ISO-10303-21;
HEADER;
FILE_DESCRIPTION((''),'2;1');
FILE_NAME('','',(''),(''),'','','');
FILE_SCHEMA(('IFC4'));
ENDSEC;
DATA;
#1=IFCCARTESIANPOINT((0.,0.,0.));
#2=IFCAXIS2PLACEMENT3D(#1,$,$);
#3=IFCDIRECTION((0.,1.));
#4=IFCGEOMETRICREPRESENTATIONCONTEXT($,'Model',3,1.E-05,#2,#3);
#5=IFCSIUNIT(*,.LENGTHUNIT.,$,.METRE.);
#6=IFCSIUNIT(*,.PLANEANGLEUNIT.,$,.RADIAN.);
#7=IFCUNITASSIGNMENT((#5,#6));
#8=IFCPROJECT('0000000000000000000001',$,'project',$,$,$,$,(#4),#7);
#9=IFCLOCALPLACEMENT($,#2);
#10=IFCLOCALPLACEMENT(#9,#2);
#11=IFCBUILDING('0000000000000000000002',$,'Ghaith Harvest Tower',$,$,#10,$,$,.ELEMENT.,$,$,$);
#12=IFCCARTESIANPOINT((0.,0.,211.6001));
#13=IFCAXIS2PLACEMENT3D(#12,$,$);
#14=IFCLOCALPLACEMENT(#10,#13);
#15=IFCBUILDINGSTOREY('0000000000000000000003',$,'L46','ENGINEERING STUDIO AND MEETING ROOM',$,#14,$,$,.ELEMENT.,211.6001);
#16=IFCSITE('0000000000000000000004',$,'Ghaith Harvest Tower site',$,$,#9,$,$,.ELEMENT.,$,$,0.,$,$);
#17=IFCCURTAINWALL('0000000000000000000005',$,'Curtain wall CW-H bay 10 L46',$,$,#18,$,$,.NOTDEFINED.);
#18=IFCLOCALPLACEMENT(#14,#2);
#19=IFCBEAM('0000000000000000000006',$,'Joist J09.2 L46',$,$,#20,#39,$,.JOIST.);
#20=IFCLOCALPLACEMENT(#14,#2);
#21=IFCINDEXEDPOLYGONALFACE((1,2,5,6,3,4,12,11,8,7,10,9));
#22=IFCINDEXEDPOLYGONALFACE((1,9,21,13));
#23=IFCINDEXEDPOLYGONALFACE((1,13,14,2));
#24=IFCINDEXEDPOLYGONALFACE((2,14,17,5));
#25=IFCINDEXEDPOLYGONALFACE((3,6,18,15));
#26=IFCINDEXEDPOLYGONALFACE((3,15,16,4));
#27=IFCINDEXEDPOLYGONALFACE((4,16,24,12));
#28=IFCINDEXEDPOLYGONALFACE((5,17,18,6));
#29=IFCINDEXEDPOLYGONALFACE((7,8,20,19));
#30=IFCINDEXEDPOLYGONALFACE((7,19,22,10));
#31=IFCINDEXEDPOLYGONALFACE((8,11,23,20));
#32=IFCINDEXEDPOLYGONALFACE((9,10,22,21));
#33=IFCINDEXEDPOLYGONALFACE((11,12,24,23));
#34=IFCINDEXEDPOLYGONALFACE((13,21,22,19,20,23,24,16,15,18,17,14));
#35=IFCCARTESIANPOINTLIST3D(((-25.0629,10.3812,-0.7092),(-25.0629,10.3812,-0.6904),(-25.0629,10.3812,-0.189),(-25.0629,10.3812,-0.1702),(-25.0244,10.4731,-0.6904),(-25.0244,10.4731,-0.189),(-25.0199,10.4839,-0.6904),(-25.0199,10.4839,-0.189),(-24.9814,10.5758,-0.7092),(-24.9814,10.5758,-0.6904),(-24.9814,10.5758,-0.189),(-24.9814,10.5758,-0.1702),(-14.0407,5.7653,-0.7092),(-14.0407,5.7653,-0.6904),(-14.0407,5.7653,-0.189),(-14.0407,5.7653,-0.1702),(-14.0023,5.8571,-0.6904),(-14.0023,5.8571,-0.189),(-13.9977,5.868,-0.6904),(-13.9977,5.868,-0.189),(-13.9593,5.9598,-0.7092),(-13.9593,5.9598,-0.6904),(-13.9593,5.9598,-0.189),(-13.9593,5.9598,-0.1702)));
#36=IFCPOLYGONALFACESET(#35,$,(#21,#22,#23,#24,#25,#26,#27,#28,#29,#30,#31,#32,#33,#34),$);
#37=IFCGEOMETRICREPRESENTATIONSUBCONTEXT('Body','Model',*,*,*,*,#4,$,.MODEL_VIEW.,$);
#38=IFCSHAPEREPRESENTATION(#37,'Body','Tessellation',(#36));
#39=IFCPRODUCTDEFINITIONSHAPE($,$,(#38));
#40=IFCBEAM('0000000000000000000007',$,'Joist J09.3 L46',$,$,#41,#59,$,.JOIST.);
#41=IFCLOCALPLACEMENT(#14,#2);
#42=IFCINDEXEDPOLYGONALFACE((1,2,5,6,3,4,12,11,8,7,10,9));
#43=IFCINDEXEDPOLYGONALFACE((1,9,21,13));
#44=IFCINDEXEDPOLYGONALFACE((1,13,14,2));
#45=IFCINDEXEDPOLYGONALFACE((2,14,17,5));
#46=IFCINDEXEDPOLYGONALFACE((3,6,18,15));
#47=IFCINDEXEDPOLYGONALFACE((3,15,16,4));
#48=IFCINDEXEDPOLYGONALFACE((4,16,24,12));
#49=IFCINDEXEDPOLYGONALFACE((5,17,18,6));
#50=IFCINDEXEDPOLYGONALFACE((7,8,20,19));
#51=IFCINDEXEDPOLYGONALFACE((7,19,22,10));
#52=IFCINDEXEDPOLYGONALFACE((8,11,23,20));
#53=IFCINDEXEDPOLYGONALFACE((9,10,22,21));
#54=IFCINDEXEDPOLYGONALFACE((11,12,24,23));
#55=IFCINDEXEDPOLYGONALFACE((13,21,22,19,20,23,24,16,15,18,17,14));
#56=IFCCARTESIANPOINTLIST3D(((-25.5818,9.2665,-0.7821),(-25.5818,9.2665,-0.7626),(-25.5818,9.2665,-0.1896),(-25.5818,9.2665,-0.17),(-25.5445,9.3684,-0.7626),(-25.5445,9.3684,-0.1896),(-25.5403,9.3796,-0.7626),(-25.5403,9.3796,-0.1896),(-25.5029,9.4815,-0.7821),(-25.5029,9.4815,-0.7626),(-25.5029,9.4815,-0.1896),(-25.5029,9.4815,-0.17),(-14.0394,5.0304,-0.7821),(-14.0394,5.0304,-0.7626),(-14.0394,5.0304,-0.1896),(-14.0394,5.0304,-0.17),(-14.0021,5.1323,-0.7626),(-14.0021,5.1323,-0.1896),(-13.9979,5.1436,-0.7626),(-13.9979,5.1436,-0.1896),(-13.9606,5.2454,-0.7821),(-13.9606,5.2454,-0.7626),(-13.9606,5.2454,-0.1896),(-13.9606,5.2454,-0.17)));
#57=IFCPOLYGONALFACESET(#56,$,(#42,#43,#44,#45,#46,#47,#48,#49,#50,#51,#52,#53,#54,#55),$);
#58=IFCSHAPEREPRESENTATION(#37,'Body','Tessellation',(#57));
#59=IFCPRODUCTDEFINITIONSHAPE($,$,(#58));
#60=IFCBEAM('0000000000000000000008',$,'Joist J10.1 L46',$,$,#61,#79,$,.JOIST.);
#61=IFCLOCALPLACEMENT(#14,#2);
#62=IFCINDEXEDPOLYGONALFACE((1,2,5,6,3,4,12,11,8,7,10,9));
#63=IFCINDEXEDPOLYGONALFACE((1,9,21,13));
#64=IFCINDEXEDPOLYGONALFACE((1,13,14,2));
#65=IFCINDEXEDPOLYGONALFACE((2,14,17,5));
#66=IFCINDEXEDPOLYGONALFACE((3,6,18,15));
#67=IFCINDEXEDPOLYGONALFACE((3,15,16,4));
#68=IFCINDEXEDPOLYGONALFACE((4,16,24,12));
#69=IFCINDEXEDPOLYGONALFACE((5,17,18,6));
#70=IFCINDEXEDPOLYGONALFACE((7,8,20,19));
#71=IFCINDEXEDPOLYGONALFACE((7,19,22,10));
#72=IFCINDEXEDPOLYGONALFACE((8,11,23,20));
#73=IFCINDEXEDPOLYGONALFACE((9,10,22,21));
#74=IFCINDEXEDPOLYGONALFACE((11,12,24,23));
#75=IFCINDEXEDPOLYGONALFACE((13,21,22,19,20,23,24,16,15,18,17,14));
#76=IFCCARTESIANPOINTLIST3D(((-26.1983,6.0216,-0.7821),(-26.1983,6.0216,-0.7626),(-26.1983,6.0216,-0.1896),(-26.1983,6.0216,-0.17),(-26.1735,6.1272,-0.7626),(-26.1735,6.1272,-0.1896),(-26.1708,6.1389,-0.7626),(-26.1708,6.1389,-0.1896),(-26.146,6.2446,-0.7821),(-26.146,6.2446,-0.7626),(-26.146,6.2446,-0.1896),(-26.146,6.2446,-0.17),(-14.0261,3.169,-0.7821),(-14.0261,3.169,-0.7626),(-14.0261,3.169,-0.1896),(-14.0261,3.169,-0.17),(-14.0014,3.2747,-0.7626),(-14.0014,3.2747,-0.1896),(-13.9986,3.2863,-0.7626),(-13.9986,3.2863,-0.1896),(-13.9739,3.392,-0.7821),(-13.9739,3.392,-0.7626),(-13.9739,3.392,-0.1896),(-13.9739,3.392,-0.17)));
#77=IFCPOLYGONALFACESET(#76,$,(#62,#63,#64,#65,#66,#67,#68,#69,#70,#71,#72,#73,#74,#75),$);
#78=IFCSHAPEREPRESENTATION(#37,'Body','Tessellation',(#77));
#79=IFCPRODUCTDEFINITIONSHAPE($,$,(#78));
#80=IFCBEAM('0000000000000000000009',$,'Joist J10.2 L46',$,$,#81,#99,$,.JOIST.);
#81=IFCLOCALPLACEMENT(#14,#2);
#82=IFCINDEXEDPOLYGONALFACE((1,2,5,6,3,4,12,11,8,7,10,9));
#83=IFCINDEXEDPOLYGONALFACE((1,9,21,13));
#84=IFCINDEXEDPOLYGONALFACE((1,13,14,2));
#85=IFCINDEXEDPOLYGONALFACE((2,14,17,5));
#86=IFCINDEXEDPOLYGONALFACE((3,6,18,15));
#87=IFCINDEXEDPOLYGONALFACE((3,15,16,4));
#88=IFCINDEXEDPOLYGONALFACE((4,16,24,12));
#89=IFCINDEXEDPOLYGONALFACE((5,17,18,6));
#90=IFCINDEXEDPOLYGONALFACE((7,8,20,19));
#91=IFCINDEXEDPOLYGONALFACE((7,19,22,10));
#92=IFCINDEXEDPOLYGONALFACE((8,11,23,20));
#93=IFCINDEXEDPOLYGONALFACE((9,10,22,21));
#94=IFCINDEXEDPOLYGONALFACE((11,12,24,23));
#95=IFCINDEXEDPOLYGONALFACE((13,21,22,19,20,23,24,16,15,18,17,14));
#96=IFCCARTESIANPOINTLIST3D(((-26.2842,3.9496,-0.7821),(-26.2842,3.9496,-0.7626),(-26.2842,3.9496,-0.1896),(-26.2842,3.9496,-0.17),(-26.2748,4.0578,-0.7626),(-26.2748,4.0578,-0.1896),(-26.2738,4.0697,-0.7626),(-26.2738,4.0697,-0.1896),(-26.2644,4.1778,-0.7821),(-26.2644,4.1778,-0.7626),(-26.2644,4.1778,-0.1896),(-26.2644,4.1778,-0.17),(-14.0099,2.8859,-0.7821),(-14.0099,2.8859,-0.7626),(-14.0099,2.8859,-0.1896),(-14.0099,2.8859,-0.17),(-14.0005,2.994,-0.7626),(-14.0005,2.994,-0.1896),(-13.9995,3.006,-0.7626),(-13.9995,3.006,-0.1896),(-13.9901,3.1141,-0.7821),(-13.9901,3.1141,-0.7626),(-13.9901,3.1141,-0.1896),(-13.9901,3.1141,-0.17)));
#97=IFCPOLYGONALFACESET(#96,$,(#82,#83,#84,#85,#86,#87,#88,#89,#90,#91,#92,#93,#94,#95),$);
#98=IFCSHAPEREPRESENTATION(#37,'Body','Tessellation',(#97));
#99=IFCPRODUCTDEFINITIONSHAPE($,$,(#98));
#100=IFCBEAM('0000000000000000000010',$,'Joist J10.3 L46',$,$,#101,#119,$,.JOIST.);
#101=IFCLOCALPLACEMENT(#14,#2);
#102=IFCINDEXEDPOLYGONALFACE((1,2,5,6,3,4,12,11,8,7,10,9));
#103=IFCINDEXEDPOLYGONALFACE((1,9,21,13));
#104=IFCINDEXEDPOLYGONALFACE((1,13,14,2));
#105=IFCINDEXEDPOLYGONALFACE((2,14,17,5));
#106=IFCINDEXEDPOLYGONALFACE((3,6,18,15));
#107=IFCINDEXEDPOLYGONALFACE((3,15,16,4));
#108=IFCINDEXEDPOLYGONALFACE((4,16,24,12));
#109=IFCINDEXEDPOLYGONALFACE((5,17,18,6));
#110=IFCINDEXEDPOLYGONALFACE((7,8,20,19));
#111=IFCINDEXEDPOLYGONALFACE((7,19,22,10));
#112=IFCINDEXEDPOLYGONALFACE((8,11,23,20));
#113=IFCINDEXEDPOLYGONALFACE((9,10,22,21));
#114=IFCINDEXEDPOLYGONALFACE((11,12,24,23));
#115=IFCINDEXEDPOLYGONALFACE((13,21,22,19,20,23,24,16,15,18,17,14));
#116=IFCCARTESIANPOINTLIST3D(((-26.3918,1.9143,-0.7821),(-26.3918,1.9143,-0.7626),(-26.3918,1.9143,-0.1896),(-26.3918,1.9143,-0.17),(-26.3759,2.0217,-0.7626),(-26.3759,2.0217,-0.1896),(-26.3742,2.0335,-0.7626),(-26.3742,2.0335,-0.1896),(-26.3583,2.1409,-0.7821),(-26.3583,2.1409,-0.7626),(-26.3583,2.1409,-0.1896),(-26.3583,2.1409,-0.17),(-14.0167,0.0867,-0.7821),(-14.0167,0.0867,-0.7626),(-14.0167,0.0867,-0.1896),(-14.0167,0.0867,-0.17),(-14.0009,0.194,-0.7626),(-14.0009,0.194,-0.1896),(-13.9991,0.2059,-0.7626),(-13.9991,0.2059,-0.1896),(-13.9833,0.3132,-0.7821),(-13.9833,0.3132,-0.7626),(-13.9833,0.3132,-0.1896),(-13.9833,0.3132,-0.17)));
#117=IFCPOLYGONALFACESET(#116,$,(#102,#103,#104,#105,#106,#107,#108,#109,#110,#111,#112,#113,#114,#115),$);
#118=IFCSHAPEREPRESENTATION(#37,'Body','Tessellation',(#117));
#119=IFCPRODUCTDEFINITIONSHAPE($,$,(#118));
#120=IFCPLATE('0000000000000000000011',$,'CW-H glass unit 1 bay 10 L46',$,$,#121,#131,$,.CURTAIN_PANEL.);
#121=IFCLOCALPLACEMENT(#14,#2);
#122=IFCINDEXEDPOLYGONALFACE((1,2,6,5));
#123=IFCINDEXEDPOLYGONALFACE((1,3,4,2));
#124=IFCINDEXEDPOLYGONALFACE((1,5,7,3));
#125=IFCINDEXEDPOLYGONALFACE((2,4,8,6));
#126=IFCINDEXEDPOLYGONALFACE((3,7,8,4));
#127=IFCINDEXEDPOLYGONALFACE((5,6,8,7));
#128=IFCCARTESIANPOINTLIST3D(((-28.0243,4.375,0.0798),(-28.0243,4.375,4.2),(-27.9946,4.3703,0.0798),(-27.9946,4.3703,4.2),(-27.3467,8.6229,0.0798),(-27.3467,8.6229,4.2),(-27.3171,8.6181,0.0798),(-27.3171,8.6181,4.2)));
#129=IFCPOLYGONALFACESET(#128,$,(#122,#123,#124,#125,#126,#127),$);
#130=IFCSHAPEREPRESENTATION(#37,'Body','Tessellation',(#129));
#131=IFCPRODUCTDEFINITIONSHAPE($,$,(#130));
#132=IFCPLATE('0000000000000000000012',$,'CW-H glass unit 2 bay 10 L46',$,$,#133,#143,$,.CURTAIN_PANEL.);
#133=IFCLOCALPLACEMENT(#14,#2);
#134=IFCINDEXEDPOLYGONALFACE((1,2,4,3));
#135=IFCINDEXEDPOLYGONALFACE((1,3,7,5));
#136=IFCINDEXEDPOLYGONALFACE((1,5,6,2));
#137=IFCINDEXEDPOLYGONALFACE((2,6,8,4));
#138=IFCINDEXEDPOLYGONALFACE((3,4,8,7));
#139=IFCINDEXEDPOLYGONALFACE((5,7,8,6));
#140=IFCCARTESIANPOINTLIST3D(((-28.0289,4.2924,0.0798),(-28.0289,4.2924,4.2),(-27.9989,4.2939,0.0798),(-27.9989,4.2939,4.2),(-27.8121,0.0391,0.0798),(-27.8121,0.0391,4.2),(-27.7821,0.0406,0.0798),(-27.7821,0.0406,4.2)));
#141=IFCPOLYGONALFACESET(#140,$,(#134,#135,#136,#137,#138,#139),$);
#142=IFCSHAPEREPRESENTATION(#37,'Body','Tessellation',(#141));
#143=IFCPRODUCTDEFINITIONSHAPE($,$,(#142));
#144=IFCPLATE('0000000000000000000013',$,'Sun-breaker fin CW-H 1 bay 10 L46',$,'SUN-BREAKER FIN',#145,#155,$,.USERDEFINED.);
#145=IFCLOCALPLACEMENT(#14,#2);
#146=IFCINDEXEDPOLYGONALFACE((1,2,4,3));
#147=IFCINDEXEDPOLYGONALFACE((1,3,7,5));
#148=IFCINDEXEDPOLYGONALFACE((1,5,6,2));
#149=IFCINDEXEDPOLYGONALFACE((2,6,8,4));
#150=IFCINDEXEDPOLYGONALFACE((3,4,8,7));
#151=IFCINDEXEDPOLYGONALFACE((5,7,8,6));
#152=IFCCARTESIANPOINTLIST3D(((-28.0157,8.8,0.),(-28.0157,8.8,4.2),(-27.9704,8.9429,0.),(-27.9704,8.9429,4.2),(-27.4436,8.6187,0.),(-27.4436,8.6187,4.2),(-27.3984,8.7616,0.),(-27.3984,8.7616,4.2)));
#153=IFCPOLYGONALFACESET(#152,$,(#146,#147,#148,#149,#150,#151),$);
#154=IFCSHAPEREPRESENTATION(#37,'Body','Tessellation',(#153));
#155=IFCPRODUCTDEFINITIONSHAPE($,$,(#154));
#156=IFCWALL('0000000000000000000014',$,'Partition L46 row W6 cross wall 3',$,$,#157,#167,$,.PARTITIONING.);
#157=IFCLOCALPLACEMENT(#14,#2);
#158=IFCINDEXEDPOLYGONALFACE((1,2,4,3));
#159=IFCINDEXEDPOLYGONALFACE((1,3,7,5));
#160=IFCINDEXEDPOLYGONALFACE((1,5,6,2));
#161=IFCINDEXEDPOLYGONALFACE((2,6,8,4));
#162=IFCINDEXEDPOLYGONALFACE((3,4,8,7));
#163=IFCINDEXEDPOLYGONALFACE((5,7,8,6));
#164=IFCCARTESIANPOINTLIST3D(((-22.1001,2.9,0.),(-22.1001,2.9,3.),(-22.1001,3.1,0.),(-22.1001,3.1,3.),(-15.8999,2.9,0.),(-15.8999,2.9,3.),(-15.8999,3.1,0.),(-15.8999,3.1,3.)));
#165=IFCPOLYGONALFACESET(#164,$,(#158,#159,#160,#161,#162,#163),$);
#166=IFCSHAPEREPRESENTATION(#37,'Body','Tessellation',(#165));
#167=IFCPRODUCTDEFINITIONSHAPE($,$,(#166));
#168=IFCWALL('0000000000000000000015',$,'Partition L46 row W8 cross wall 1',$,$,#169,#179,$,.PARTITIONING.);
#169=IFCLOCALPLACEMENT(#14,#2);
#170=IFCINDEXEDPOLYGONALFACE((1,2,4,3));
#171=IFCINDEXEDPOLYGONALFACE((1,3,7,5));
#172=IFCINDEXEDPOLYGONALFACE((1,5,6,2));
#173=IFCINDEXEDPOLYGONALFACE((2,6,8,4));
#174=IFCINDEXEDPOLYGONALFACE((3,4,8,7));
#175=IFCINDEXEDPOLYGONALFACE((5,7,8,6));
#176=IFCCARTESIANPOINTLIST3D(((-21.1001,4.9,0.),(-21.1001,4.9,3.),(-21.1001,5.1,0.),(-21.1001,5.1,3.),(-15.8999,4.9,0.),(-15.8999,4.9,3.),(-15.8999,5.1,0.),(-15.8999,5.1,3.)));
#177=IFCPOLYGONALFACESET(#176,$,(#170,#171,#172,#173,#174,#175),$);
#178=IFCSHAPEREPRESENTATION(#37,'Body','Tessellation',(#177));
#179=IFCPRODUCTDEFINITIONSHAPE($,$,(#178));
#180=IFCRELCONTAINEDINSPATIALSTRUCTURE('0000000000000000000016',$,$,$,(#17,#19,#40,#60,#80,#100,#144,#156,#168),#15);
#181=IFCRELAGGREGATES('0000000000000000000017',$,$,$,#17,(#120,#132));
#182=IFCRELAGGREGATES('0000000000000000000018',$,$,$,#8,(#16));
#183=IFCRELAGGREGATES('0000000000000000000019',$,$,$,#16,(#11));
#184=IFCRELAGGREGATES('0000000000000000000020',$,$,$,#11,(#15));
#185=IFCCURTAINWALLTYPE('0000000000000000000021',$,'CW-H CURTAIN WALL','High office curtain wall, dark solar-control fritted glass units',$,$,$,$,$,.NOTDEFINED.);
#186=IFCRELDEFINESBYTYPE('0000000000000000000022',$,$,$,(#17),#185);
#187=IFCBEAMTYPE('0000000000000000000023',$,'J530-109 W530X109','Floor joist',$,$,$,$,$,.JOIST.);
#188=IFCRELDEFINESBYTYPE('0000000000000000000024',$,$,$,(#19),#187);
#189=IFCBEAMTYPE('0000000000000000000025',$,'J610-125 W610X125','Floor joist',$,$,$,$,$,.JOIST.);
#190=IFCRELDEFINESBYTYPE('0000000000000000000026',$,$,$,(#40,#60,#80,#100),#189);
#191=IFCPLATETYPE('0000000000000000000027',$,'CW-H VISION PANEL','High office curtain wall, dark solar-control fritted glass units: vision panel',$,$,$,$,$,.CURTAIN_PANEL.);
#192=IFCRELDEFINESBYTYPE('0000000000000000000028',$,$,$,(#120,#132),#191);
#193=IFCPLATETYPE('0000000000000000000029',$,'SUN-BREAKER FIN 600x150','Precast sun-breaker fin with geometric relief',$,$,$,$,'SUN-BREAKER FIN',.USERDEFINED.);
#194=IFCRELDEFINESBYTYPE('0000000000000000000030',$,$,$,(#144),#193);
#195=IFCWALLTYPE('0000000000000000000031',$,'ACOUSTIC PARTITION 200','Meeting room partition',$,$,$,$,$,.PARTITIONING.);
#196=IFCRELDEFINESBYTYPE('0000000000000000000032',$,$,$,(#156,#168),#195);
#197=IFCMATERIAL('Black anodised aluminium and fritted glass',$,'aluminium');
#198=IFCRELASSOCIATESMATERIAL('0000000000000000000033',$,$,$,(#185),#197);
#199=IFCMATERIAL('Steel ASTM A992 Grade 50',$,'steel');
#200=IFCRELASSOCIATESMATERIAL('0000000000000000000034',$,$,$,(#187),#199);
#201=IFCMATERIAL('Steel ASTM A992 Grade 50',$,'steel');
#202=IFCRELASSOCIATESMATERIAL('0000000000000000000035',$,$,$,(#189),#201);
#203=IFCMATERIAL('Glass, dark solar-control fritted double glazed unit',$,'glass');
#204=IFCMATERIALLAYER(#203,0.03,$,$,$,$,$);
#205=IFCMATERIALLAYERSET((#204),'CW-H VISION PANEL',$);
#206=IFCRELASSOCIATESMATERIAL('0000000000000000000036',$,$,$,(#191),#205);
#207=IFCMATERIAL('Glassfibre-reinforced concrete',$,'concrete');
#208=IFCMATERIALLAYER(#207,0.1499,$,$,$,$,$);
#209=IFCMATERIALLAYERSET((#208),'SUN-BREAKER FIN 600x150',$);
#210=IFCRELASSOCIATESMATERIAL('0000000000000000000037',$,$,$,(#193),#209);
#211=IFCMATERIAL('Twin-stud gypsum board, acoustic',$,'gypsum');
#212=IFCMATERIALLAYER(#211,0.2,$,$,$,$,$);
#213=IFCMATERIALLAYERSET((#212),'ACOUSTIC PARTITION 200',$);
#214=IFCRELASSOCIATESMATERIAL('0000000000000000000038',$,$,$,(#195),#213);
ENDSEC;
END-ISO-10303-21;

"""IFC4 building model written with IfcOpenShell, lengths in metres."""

from ifc_helpers import new_model, si_unit, direction, frame, frame_2d, origin, origin_2d, place, context, subcontext, project, spatial, rectangle, i_section, extrude, material, layer, layer_set, material_profile, profile_set, type_object, element, aggregate, save


model = new_model("IFC4")

# Units and contexts
model_context = context("Model", 3, precision=1e-05, world=origin(), true_north=direction((0.0, 1.0)))
body_context = subcontext(model_context, "Body", "Model", "MODEL_VIEW")
ifc_project = project(units=[si_unit("LENGTHUNIT", "METRE"), si_unit("PLANEANGLEUNIT", "RADIAN")], contexts=[model_context])

# Site, building, storey
site_placement = place(None, origin())
site = spatial("IfcSite", under=ifc_project, at=site_placement, Name="Ghaith Harvest Tower site", CompositionType="ELEMENT", RefElevation=0.0)
building_placement = place(site_placement, origin())
building = spatial("IfcBuilding", under=site, at=building_placement, Name="Ghaith Harvest Tower", CompositionType="ELEMENT")
storey_placement = place(building_placement, frame((0.0, 0.0, 211.6001)))
storey = spatial("IfcBuildingStorey", under=building, at=storey_placement, Name="L46", Description="ENGINEERING STUDIO AND MEETING ROOM", CompositionType="ELEMENT", Elevation=211.6001)

# Curtain wall
ifc_material_1 = material(Name="Black anodised aluminium and fritted glass", Category="aluminium")
curtain_wall_type = type_object("IfcCurtainWallType", Name="CW-H CURTAIN WALL", Description="High office curtain wall, dark solar-control fritted glass units", PredefinedType="NOTDEFINED", material=ifc_material_1)
curtain_wall_placement = place(storey_placement, origin())
curtain_wall = element("IfcCurtainWall", 1, at=curtain_wall_placement, inside=storey, type_object=curtain_wall_type, Name="Curtain wall CW-H bay 10 L46", PredefinedType="NOTDEFINED")

# Beams
ifc_material_2 = material(Name="Steel ASTM A992 Grade 50", Category="steel")
ifc_material_profile_1 = material_profile(ifc_material_2, i_section(OverallWidth=0.2109, OverallDepth=0.5391, WebThickness=0.0117, FlangeThickness=0.0188, at=origin_2d()), Name="W530X109")
ifc_profile_set_1 = profile_set([ifc_material_profile_1], Name="Steel ASTM A992 Grade 50")
beam_type_1 = type_object("IfcBeamType", Name="J530-109 W530X109", Description="Floor joist", PredefinedType="JOIST", material=ifc_profile_set_1)
beam_1_placement = place(storey_placement, frame((-14.0, 5.8625, -0.4397), z_axis=(-0.922381, 0.386282, 0.0), x_axis=(-0.386282, -0.922381, 0.0)))
element("IfcBeam", 2, at=beam_1_placement, inside=storey, type_object=beam_type_1, Name="Joist J09.2 L46", PredefinedType="JOIST", context=body_context, shape_type="SweptSolid", body=[
    extrude(i_section(OverallWidth=0.2109, OverallDepth=0.5391, WebThickness=0.0117, FlangeThickness=0.0188, at=origin_2d()), origin(), (0.0, 0.0, 1.0), 11.9497),
])
ifc_material_3 = material(Name="Steel ASTM A992 Grade 50", Category="steel")
ifc_material_profile_2 = material_profile(ifc_material_3, i_section(OverallWidth=0.229, OverallDepth=0.6121, WebThickness=0.012, FlangeThickness=0.0195, at=origin_2d()), Name="W610X125")
ifc_profile_set_2 = profile_set([ifc_material_profile_2], Name="Steel ASTM A992 Grade 50")
beam_type_2 = type_object("IfcBeamType", Name="J610-125 W610X125", Description="Floor joist", PredefinedType="JOIST", material=ifc_profile_set_2)
beam_2_placement = place(storey_placement, frame((-14.0, 5.1379, -0.4761), z_axis=(-0.938775, 0.34453, 0.0), x_axis=(-0.34453, -0.938775, 0.0)))
element("IfcBeam", 3, at=beam_2_placement, inside=storey, type_object=beam_type_2, Name="Joist J09.3 L46", PredefinedType="JOIST", context=body_context, shape_type="SweptSolid", body=[
    extrude(i_section(OverallWidth=0.229, OverallDepth=0.6121, WebThickness=0.012, FlangeThickness=0.0195, at=origin_2d()), origin(), (0.0, 0.0, 1.0), 12.2952),
])
beam_3_placement = place(storey_placement, frame((-14.0, 3.2805, -0.4761), z_axis=(-0.973622, 0.228168, 0.0), x_axis=(-0.228168, -0.973622, 0.0)))
element("IfcBeam", 4, at=beam_3_placement, inside=storey, type_object=beam_type_2, Name="Joist J10.1 L46", PredefinedType="JOIST", context=body_context, shape_type="SweptSolid", body=[
    extrude(i_section(OverallWidth=0.229, OverallDepth=0.6121, WebThickness=0.012, FlangeThickness=0.0195, at=origin_2d()), origin(), (0.0, 0.0, 1.0), 12.502),
])
beam_4_placement = place(storey_placement, frame((-14.0, 3.0, -0.4761), z_axis=(-0.996266, 0.086338, 0.0), x_axis=(-0.086338, -0.996266, 0.0)))
element("IfcBeam", 5, at=beam_4_placement, inside=storey, type_object=beam_type_2, Name="Joist J10.2 L46", PredefinedType="JOIST", context=body_context, shape_type="SweptSolid", body=[
    extrude(i_section(OverallWidth=0.229, OverallDepth=0.6121, WebThickness=0.012, FlangeThickness=0.0195, at=origin_2d()), origin(), (0.0, 0.0, 1.0), 12.3203),
])
beam_5_placement = place(storey_placement, frame((-14.0, 0.2, -0.4761), z_axis=(-0.989269, 0.146103, 0.0), x_axis=(-0.146103, -0.989269, 0.0)))
element("IfcBeam", 6, at=beam_5_placement, inside=storey, type_object=beam_type_2, Name="Joist J10.3 L46", PredefinedType="JOIST", context=body_context, shape_type="SweptSolid", body=[
    extrude(i_section(OverallWidth=0.229, OverallDepth=0.6121, WebThickness=0.012, FlangeThickness=0.0195, at=origin_2d()), origin(), (0.0, 0.0, 1.0), 12.5093),
])

# Plates
ifc_material_4 = material(Name="Glass, dark solar-control fritted double glazed unit", Category="glass")
ifc_layer_1 = layer(ifc_material_4, 0.03)
ifc_layer_set_1 = layer_set([ifc_layer_1], Name="CW-H VISION PANEL")
plate_type_1 = type_object("IfcPlateType", Name="CW-H VISION PANEL", Description="High office curtain wall, dark solar-control fritted glass units: vision panel", PredefinedType="CURTAIN_PANEL", material=ifc_layer_set_1)
plate_1_placement = place(storey_placement, frame((-27.6707, 6.4966, 0.0798), z_axis=(0.0, 0.0, 1.0), x_axis=(-0.157514, -0.987517, 0.0)))
plate_1 = element("IfcPlate", 7, at=plate_1_placement, type_object=plate_type_1, Name="CW-H glass unit 1 bay 10 L46", PredefinedType="CURTAIN_PANEL", context=body_context, shape_type="SweptSolid", body=[
    extrude(rectangle(XDim=4.3015, YDim=0.03, at=origin_2d()), origin(), (0.0, 0.0, 1.0), 4.1201),
])
plate_2_placement = place(storey_placement, frame((-27.9055, 2.1665, 0.0798), z_axis=(0.0, 0.0, 1.0), x_axis=(0.050895, -0.998704, 0.0)))
plate_2 = element("IfcPlate", 8, at=plate_2_placement, type_object=plate_type_1, Name="CW-H glass unit 2 bay 10 L46", PredefinedType="CURTAIN_PANEL", context=body_context, shape_type="SweptSolid", body=[
    extrude(rectangle(XDim=4.2588, YDim=0.03, at=origin_2d()), origin(), (0.0, 0.0, 1.0), 4.1201),
])
aggregate(curtain_wall, [plate_1, plate_2])
ifc_material_5 = material(Name="Glassfibre-reinforced concrete", Category="concrete")
ifc_layer_2 = layer(ifc_material_5, 0.1499)
ifc_layer_set_2 = layer_set([ifc_layer_2], Name="SUN-BREAKER FIN 600x150")
plate_type_2 = type_object("IfcPlateType", Name="SUN-BREAKER FIN 600x150", Description="Precast sun-breaker fin with geometric relief", ElementType="SUN-BREAKER FIN", PredefinedType="USERDEFINED", material=ifc_layer_set_2)
plate_3_placement = place(storey_placement, frame((-27.707, 8.7808, 0.0), z_axis=(0.0, 0.0, 1.0), x_axis=(-0.953273, 0.30211, 0.0)))
element("IfcPlate", 9, at=plate_3_placement, inside=storey, type_object=plate_type_2, Name="Sun-breaker fin CW-H 1 bay 10 L46", ObjectType="SUN-BREAKER FIN", PredefinedType="USERDEFINED", context=body_context, shape_type="SweptSolid", body=[
    extrude(rectangle(XDim=0.6001, YDim=0.1499, at=origin_2d()), origin(), (0.0, 0.0, 1.0), 4.2),
])

# Walls
ifc_material_6 = material(Name="Twin-stud gypsum board, acoustic", Category="gypsum")
ifc_layer_3 = layer(ifc_material_6, 0.2)
ifc_layer_set_3 = layer_set([ifc_layer_3], Name="ACOUSTIC PARTITION 200")
wall_type_1 = type_object("IfcWallType", Name="ACOUSTIC PARTITION 200", Description="Meeting room partition", PredefinedType="PARTITIONING", material=ifc_layer_set_3)
wall_1_placement = place(storey_placement, frame((-15.8999, 3.0, 0.0), z_axis=(0.0, 0.0, 1.0), x_axis=(-1.0, 0.0, 0.0)))
element("IfcWall", 10, at=wall_1_placement, inside=storey, type_object=wall_type_1, Name="Partition L46 row W6 cross wall 3", PredefinedType="PARTITIONING", context=body_context, shape_type="SweptSolid", body=[
    extrude(rectangle(XDim=6.2002, YDim=0.2, at=frame_2d((3.1001, 0.0))), origin(), (0.0, 0.0, 1.0), 3.0),
])
wall_2_placement = place(storey_placement, frame((-15.8999, 5.0, 0.0), z_axis=(0.0, 0.0, 1.0), x_axis=(-1.0, 0.0, 0.0)))
element("IfcWall", 11, at=wall_2_placement, inside=storey, type_object=wall_type_1, Name="Partition L46 row W8 cross wall 1", PredefinedType="PARTITIONING", context=body_context, shape_type="SweptSolid", body=[
    extrude(rectangle(XDim=5.2002, YDim=0.2, at=frame_2d((2.6001, 0.0))), origin(), (0.0, 0.0, 1.0), 3.0),
])

save(model, "model.ifc")
